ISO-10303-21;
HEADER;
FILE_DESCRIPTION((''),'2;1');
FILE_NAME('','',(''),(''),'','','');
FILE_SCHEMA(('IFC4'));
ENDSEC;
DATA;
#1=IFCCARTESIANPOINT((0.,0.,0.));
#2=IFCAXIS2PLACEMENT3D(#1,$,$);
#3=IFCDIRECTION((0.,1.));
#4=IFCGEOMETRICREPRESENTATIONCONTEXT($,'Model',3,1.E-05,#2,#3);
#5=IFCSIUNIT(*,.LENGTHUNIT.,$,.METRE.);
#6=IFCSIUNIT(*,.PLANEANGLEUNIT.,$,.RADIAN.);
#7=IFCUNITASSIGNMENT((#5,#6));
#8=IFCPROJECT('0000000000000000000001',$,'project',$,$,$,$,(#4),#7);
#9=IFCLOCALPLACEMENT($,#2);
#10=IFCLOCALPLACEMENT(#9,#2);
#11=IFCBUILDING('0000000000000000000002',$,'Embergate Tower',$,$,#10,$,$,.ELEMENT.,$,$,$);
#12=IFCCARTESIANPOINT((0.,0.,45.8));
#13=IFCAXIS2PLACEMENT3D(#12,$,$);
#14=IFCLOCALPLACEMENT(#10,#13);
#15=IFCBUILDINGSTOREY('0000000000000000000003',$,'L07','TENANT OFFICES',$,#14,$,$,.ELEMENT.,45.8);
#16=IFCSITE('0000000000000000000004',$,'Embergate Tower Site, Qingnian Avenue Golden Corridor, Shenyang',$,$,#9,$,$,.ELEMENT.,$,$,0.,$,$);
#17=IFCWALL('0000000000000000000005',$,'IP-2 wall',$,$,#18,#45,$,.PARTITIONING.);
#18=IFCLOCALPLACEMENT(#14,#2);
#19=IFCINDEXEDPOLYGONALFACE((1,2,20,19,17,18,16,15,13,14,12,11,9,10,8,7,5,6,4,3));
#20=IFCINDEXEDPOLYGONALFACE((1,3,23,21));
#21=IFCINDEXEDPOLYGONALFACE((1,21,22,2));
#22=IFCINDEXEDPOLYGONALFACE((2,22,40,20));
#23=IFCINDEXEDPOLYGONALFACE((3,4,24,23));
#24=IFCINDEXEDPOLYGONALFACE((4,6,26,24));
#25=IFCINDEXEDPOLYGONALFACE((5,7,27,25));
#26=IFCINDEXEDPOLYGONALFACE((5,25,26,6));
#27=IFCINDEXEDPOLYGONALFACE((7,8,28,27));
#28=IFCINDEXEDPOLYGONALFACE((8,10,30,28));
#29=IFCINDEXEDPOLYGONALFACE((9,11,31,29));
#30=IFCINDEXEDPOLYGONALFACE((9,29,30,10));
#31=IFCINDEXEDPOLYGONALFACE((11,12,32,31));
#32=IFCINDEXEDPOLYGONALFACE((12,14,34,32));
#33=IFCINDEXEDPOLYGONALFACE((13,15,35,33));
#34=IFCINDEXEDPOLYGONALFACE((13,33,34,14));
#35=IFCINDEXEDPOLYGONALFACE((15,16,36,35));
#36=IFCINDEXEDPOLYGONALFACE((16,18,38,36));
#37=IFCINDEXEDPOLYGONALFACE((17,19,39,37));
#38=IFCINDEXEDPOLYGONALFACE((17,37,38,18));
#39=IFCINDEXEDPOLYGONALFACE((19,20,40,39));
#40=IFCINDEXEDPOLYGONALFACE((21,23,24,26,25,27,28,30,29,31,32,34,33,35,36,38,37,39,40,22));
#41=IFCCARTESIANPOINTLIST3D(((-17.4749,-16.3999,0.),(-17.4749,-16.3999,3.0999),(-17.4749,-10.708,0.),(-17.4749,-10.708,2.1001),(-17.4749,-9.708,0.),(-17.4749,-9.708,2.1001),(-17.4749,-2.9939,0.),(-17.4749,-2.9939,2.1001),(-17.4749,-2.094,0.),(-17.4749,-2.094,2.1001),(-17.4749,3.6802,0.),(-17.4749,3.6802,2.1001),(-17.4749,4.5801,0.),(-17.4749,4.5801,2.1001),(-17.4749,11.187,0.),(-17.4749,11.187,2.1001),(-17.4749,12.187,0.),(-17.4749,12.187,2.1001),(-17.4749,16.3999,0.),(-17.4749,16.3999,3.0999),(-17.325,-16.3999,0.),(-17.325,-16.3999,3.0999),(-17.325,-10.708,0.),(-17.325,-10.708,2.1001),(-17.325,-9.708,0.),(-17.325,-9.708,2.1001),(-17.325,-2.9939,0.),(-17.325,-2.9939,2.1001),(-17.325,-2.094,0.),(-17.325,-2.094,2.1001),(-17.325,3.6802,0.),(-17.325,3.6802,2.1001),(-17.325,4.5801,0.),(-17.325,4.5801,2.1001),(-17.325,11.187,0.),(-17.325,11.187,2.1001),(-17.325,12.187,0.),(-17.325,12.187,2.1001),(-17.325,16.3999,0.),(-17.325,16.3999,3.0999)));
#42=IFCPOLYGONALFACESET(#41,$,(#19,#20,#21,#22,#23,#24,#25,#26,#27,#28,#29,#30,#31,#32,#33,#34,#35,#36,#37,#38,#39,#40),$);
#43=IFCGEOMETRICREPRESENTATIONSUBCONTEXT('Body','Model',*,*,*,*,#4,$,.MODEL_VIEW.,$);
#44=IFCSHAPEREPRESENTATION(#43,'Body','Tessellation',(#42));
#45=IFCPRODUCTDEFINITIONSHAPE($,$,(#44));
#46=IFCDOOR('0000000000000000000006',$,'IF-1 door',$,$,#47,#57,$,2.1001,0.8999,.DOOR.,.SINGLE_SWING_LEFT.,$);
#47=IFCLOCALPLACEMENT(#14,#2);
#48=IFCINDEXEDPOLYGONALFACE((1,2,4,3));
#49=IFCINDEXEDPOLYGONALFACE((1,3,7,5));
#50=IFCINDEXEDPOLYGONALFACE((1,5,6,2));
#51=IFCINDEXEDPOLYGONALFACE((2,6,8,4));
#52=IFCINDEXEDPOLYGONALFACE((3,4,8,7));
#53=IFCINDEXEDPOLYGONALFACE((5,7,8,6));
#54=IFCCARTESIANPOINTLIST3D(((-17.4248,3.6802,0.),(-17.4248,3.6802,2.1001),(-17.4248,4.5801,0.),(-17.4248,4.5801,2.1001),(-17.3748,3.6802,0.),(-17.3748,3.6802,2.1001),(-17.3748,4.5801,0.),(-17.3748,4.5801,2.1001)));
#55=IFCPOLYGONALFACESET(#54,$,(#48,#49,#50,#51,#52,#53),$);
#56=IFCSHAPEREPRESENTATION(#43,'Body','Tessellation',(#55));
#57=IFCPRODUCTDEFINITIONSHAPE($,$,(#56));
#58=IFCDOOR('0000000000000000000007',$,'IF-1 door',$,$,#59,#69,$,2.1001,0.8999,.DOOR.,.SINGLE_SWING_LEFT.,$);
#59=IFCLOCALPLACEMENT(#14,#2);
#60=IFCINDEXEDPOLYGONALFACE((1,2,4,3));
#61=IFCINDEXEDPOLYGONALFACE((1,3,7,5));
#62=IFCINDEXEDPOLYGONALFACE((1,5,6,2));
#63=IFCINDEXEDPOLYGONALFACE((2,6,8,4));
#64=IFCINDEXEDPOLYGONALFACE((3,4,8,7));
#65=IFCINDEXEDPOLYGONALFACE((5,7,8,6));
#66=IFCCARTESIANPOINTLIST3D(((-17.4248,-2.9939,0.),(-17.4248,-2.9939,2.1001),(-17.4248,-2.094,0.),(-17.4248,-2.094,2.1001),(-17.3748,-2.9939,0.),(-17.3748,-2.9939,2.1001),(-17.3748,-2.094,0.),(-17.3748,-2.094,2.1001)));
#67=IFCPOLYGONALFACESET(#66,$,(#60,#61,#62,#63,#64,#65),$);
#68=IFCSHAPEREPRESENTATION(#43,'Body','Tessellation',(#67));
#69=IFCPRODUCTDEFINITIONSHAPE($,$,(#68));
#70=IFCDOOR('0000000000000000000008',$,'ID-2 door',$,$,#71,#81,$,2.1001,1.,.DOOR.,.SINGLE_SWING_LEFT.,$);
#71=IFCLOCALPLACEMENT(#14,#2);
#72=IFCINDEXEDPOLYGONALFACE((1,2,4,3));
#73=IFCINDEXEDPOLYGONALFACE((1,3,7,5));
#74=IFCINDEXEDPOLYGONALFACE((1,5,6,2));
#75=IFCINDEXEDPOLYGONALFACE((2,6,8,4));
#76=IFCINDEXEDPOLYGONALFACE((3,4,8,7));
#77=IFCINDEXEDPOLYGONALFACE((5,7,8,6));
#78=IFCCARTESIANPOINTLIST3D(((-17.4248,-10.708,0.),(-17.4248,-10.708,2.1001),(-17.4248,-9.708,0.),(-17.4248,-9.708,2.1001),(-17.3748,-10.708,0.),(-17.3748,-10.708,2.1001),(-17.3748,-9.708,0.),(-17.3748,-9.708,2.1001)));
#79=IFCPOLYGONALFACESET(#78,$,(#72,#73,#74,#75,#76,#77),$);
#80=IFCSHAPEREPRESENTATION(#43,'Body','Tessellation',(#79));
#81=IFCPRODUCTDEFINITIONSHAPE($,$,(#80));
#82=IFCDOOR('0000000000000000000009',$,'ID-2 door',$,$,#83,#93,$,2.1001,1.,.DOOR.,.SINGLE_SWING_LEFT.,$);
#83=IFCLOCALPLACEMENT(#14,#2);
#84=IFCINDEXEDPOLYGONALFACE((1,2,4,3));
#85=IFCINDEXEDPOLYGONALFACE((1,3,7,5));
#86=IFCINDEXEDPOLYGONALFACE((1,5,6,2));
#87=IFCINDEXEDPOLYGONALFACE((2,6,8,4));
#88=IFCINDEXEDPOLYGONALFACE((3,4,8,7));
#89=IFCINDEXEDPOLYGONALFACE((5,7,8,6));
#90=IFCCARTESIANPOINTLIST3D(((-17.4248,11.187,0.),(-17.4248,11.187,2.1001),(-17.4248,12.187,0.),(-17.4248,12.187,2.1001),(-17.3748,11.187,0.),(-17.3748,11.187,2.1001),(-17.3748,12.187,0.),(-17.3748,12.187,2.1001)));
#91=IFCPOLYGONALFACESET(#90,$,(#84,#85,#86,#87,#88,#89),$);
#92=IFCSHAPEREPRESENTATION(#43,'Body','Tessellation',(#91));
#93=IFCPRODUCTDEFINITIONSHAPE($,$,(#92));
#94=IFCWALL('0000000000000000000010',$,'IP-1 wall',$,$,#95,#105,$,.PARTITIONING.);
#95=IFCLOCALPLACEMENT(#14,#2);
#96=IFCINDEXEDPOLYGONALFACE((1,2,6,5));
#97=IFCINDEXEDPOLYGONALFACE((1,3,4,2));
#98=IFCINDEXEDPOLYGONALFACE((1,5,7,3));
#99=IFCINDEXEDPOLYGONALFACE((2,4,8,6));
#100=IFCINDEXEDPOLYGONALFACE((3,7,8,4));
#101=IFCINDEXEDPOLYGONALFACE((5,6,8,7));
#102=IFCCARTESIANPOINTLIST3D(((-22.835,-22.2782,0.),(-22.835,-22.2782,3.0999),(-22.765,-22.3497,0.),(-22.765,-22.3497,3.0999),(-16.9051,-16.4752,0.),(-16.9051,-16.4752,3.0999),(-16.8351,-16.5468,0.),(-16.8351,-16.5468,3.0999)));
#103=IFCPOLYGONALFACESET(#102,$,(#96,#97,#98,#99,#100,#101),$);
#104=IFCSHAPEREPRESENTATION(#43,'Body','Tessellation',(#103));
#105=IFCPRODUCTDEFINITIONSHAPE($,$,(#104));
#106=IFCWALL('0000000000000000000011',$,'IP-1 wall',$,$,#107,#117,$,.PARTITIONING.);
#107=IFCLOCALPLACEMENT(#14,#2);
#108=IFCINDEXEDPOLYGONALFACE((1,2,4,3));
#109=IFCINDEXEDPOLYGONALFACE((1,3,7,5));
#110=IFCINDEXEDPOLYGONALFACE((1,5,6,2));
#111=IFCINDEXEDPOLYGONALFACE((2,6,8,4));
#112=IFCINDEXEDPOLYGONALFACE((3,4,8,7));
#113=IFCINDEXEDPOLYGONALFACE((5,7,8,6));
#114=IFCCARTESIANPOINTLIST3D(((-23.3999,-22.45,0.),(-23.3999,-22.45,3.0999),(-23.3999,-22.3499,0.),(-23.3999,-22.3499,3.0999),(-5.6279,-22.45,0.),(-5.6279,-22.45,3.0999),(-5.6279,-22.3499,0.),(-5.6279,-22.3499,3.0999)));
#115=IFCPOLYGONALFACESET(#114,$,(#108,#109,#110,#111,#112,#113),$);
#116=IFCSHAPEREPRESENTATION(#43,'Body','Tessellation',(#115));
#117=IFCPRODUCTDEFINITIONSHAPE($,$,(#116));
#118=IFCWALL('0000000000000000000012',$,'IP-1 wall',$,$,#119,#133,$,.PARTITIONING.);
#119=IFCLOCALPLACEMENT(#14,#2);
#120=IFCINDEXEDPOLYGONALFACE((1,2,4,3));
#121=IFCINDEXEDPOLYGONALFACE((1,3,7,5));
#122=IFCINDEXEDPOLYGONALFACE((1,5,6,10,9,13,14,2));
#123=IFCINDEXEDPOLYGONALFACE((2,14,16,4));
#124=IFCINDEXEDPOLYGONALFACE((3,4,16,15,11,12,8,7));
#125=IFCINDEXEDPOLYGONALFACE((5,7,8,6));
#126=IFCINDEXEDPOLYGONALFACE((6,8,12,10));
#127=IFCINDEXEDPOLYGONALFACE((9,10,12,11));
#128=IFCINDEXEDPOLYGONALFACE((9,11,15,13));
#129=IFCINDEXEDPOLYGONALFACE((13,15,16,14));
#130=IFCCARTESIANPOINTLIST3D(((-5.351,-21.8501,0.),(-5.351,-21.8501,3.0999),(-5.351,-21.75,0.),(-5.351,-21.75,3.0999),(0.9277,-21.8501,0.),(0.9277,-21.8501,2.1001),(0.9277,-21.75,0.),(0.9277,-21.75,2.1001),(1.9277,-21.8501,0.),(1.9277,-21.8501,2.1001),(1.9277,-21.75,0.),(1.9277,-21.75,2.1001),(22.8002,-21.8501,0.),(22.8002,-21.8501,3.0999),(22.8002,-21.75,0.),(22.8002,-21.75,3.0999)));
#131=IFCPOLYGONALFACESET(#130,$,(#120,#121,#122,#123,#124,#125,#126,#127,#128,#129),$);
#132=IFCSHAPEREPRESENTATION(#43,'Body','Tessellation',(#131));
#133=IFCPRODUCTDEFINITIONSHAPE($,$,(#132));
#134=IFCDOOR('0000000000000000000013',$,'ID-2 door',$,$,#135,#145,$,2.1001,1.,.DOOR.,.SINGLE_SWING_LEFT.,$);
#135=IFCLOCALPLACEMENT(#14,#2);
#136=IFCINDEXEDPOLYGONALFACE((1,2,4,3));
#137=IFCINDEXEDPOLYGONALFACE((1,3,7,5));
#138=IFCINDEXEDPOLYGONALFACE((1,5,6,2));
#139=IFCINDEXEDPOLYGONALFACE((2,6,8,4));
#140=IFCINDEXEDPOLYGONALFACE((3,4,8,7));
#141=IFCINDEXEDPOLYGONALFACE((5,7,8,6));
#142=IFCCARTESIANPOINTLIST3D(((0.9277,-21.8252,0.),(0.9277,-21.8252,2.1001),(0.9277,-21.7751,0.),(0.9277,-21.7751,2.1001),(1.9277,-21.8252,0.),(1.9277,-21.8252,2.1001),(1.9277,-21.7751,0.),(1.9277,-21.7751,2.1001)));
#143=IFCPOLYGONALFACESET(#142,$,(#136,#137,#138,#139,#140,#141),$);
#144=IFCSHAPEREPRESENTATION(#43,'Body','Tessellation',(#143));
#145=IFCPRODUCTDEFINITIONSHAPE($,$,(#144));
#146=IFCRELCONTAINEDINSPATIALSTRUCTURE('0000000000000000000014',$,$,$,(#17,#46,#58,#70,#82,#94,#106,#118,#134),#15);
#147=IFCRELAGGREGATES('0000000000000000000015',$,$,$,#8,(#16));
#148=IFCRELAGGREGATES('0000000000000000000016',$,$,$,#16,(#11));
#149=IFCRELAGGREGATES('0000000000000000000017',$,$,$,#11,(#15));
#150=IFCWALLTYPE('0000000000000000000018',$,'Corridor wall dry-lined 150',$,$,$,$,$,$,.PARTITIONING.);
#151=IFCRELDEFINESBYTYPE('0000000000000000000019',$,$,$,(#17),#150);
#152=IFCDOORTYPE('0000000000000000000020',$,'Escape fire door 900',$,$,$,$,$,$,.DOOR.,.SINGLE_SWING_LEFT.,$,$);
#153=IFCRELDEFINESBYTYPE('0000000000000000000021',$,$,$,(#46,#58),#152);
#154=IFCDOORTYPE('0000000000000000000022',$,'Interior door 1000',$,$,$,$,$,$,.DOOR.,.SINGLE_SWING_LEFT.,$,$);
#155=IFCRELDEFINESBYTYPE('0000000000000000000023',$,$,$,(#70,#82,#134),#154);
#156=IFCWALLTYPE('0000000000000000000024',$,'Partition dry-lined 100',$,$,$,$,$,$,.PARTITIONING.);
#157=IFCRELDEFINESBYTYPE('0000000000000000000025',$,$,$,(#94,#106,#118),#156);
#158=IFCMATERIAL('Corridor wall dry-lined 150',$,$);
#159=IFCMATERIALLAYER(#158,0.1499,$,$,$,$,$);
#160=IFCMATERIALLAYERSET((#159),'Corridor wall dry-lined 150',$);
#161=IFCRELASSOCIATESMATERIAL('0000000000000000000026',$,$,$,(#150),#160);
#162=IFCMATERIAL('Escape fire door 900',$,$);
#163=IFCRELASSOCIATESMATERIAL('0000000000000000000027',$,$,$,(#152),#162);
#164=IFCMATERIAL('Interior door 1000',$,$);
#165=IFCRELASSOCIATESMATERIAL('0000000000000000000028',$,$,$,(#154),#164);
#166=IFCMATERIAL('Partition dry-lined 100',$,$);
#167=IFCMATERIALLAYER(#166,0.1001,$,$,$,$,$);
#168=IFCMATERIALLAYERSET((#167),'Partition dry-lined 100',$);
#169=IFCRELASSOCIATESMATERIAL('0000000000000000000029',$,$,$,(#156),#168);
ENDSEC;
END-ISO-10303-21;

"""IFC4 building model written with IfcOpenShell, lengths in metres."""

from ifc_helpers import new_model, si_unit, direction, frame, frame_2d, origin, place, context, subcontext, project, spatial, rectangle, extrude, source, transform, mapped, material, layer, layer_set, type_object, element, fill, save


model = new_model("IFC4")

# Units and contexts
model_context = context("Model", 3, precision=1e-05, world=origin(), true_north=direction((0.0, 1.0)))
body_context = subcontext(model_context, "Body", "Model", "MODEL_VIEW")
ifc_project = project(units=[si_unit("LENGTHUNIT", "METRE"), si_unit("PLANEANGLEUNIT", "RADIAN")], contexts=[model_context])

# Site, building, storey
site_placement = place(None, origin())
site = spatial("IfcSite", under=ifc_project, at=site_placement, Name="Embergate Tower Site, Qingnian Avenue Golden Corridor, Shenyang", CompositionType="ELEMENT", RefElevation=0.0)
building_placement = place(site_placement, origin())
building = spatial("IfcBuilding", under=site, at=building_placement, Name="Embergate Tower", CompositionType="ELEMENT")
storey_placement = place(building_placement, frame((0.0, 0.0, 45.8)))
storey = spatial("IfcBuildingStorey", under=building, at=storey_placement, Name="L07", Description="TENANT OFFICES", CompositionType="ELEMENT", Elevation=45.8)

# Wall, openings, doors
ifc_material_1 = material(Name="Corridor wall dry-lined 150")
ifc_layer_1 = layer(ifc_material_1, 0.1499)
ifc_layer_set_1 = layer_set([ifc_layer_1], Name="Corridor wall dry-lined 150")
wall_type_1 = type_object("IfcWallType", Name="Corridor wall dry-lined 150", PredefinedType="PARTITIONING", material=ifc_layer_set_1)
shared_shape_1 = source(origin(), body_context, "Body", "SweptSolid", [
    extrude(rectangle(XDim=32.7998, YDim=0.1499, at=frame_2d((16.3999, 0.0))), origin(), (0.0, 0.0, 1.0), 3.0999),
])
wall_1_placement = place(storey_placement, frame((-17.3999, -16.3999, 0.0), z_axis=(0.0, 0.0, 1.0), x_axis=(0.0, 1.0, 0.0)))
wall_1 = element("IfcWall", 1, at=wall_1_placement, inside=storey, type_object=wall_type_1, Name="IP-2 wall", PredefinedType="PARTITIONING", context=body_context, shape_type="MappedRepresentation", body=[
    mapped(shared_shape_1, transform((0.0, 0.0, 0.0))),
])
shared_shape_2 = source(origin(), body_context, "Body", "SweptSolid", [
    extrude(rectangle(XDim=1.0, YDim=2.1001, at=frame_2d((0.5, 1.05))), frame((0.0, 0.085, 0.0), z_axis=(0.0, -1.0, 0.0), x_axis=(1.0, 0.0, 0.0)), (0.0, 0.0, 1.0), 0.1699),
])
opening_1_placement = place(wall_1_placement, frame((5.6919, 0.0, 0.0)))
opening_1 = element("IfcOpeningElement", 2, at=opening_1_placement, cuts=wall_1, PredefinedType="OPENING", context=body_context, shape_type="MappedRepresentation", body=[
    mapped(shared_shape_2, transform((0.0, 0.0, 0.0))),
])
opening_2_placement = place(wall_1_placement, frame((27.5869, 0.0, 0.0)))
opening_2 = element("IfcOpeningElement", 3, at=opening_2_placement, cuts=wall_1, PredefinedType="OPENING", context=body_context, shape_type="MappedRepresentation", body=[
    mapped(shared_shape_2, transform((0.0, 0.0, 0.0))),
])
shared_shape_3 = source(origin(), body_context, "Body", "SweptSolid", [
    extrude(rectangle(XDim=0.8999, YDim=2.1001, at=frame_2d((0.45, 1.05))), frame((0.0, 0.085, 0.0), z_axis=(0.0, -1.0, 0.0), x_axis=(1.0, 0.0, 0.0)), (0.0, 0.0, 1.0), 0.1699),
])
opening_3_placement = place(wall_1_placement, frame((20.0801, 0.0, 0.0)))
opening_3 = element("IfcOpeningElement", 4, at=opening_3_placement, cuts=wall_1, PredefinedType="OPENING", context=body_context, shape_type="MappedRepresentation", body=[
    mapped(shared_shape_3, transform((0.0, 0.0, 0.0))),
])
opening_4_placement = place(wall_1_placement, frame((13.406, 0.0, 0.0)))
opening_4 = element("IfcOpeningElement", 5, at=opening_4_placement, cuts=wall_1, PredefinedType="OPENING", context=body_context, shape_type="MappedRepresentation", body=[
    mapped(shared_shape_3, transform((0.0, 0.0, 0.0))),
])
ifc_material_2 = material(Name="Escape fire door 900")
door_type_1 = type_object("IfcDoorType", Name="Escape fire door 900", OperationType="SINGLE_SWING_LEFT", PredefinedType="DOOR", material=ifc_material_2)
shared_shape_4 = source(origin(), body_context, "Body", "SweptSolid", [
    extrude(rectangle(XDim=0.8999, YDim=2.1001, at=frame_2d((0.45, 1.05))), frame((0.0, 0.0249, 0.0), z_axis=(0.0, -1.0, 0.0), x_axis=(1.0, 0.0, 0.0)), (0.0, 0.0, 1.0), 0.05),
])
door_1_placement = place(opening_3_placement, origin())
door_1 = element("IfcDoor", 6, at=door_1_placement, inside=storey, type_object=door_type_1, Name="IF-1 door", OperationType="SINGLE_SWING_LEFT", OverallHeight=2.1001, OverallWidth=0.8999, PredefinedType="DOOR", context=body_context, shape_type="MappedRepresentation", body=[
    mapped(shared_shape_4, transform((0.0, 0.0, 0.0))),
])
fill(opening_3, door_1)
door_2_placement = place(opening_4_placement, origin())
door_2 = element("IfcDoor", 7, at=door_2_placement, inside=storey, type_object=door_type_1, Name="IF-1 door", OperationType="SINGLE_SWING_LEFT", OverallHeight=2.1001, OverallWidth=0.8999, PredefinedType="DOOR", context=body_context, shape_type="MappedRepresentation", body=[
    mapped(shared_shape_4, transform((0.0, 0.0, 0.0))),
])
fill(opening_4, door_2)
ifc_material_3 = material(Name="Interior door 1000")
door_type_2 = type_object("IfcDoorType", Name="Interior door 1000", OperationType="SINGLE_SWING_LEFT", PredefinedType="DOOR", material=ifc_material_3)
shared_shape_5 = source(origin(), body_context, "Body", "SweptSolid", [
    extrude(rectangle(XDim=1.0, YDim=2.1001, at=frame_2d((0.5, 1.05))), frame((0.0, 0.0249, 0.0), z_axis=(0.0, -1.0, 0.0), x_axis=(1.0, 0.0, 0.0)), (0.0, 0.0, 1.0), 0.05),
])
door_3_placement = place(opening_1_placement, origin())
door_3 = element("IfcDoor", 8, at=door_3_placement, inside=storey, type_object=door_type_2, Name="ID-2 door", OperationType="SINGLE_SWING_LEFT", OverallHeight=2.1001, OverallWidth=1.0, PredefinedType="DOOR", context=body_context, shape_type="MappedRepresentation", body=[
    mapped(shared_shape_5, transform((0.0, 0.0, 0.0))),
])
fill(opening_1, door_3)
door_4_placement = place(opening_2_placement, origin())
door_4 = element("IfcDoor", 9, at=door_4_placement, inside=storey, type_object=door_type_2, Name="ID-2 door", OperationType="SINGLE_SWING_LEFT", OverallHeight=2.1001, OverallWidth=1.0, PredefinedType="DOOR", context=body_context, shape_type="MappedRepresentation", body=[
    mapped(shared_shape_5, transform((0.0, 0.0, 0.0))),
])
fill(opening_2, door_4)

# Walls
ifc_material_4 = material(Name="Partition dry-lined 100")
ifc_layer_2 = layer(ifc_material_4, 0.1001)
ifc_layer_set_2 = layer_set([ifc_layer_2], Name="Partition dry-lined 100")
wall_type_2 = type_object("IfcWallType", Name="Partition dry-lined 100", PredefinedType="PARTITIONING", material=ifc_layer_set_2)
shared_shape_6 = source(origin(), body_context, "Body", "SweptSolid", [
    extrude(rectangle(XDim=8.2969, YDim=0.1001, at=frame_2d((4.1484, 0.0))), origin(), (0.0, 0.0, 1.0), 3.0999),
])
wall_2_placement = place(storey_placement, frame((-16.8701, -16.511, 0.0), z_axis=(0.0, 0.0, 1.0), x_axis=(-0.714716, -0.699415, 0.0)))
element("IfcWall", 10, at=wall_2_placement, inside=storey, type_object=wall_type_2, Name="IP-1 wall", PredefinedType="PARTITIONING", context=body_context, shape_type="MappedRepresentation", body=[
    mapped(shared_shape_6, transform((0.0, 0.0, 0.0))),
])
shared_shape_7 = source(origin(), body_context, "Body", "SweptSolid", [
    extrude(rectangle(XDim=17.772, YDim=0.1001, at=frame_2d((8.886, 0.0))), origin(), (0.0, 0.0, 1.0), 3.0999),
])
wall_3_placement = place(storey_placement, frame((-5.6279, -22.3999, 0.0), z_axis=(0.0, 0.0, 1.0), x_axis=(-1.0, 0.0, 0.0)))
element("IfcWall", 11, at=wall_3_placement, inside=storey, type_object=wall_type_2, Name="IP-1 wall", PredefinedType="PARTITIONING", context=body_context, shape_type="MappedRepresentation", body=[
    mapped(shared_shape_7, transform((0.0, 0.0, 0.0))),
])

# Wall, opening, door
shared_shape_8 = source(origin(), body_context, "Body", "SweptSolid", [
    extrude(rectangle(XDim=28.1511, YDim=0.1001, at=frame_2d((14.0757, 0.0))), origin(), (0.0, 0.0, 1.0), 3.0999),
])
wall_4_placement = place(storey_placement, frame((-5.3511, -21.8, 0.0), z_axis=(0.0, 0.0, 1.0), x_axis=(1.0, 0.0, 0.0)))
wall_4 = element("IfcWall", 12, at=wall_4_placement, inside=storey, type_object=wall_type_2, Name="IP-1 wall", PredefinedType="PARTITIONING", context=body_context, shape_type="MappedRepresentation", body=[
    mapped(shared_shape_8, transform((0.0, 0.0, 0.0))),
])
shared_shape_9 = source(origin(), body_context, "Body", "SweptSolid", [
    extrude(rectangle(XDim=1.0, YDim=2.1001, at=frame_2d((0.5, 1.05))), frame((0.0, 0.0601, 0.0), z_axis=(0.0, -1.0, 0.0), x_axis=(1.0, 0.0, 0.0)), (0.0, 0.0, 1.0), 0.1201),
])
opening_5_placement = place(wall_4_placement, frame((6.2788, 0.0, 0.0)))
opening_5 = element("IfcOpeningElement", 13, at=opening_5_placement, cuts=wall_4, PredefinedType="OPENING", context=body_context, shape_type="MappedRepresentation", body=[
    mapped(shared_shape_9, transform((0.0, 0.0, 0.0))),
])
door_5_placement = place(opening_5_placement, origin())
door_5 = element("IfcDoor", 14, at=door_5_placement, inside=storey, type_object=door_type_2, Name="ID-2 door", OperationType="SINGLE_SWING_LEFT", OverallHeight=2.1001, OverallWidth=1.0, PredefinedType="DOOR", context=body_context, shape_type="MappedRepresentation", body=[
    mapped(shared_shape_5, transform((0.0, 0.0, 0.0))),
])
fill(opening_5, door_5)

save(model, "model.ifc")
